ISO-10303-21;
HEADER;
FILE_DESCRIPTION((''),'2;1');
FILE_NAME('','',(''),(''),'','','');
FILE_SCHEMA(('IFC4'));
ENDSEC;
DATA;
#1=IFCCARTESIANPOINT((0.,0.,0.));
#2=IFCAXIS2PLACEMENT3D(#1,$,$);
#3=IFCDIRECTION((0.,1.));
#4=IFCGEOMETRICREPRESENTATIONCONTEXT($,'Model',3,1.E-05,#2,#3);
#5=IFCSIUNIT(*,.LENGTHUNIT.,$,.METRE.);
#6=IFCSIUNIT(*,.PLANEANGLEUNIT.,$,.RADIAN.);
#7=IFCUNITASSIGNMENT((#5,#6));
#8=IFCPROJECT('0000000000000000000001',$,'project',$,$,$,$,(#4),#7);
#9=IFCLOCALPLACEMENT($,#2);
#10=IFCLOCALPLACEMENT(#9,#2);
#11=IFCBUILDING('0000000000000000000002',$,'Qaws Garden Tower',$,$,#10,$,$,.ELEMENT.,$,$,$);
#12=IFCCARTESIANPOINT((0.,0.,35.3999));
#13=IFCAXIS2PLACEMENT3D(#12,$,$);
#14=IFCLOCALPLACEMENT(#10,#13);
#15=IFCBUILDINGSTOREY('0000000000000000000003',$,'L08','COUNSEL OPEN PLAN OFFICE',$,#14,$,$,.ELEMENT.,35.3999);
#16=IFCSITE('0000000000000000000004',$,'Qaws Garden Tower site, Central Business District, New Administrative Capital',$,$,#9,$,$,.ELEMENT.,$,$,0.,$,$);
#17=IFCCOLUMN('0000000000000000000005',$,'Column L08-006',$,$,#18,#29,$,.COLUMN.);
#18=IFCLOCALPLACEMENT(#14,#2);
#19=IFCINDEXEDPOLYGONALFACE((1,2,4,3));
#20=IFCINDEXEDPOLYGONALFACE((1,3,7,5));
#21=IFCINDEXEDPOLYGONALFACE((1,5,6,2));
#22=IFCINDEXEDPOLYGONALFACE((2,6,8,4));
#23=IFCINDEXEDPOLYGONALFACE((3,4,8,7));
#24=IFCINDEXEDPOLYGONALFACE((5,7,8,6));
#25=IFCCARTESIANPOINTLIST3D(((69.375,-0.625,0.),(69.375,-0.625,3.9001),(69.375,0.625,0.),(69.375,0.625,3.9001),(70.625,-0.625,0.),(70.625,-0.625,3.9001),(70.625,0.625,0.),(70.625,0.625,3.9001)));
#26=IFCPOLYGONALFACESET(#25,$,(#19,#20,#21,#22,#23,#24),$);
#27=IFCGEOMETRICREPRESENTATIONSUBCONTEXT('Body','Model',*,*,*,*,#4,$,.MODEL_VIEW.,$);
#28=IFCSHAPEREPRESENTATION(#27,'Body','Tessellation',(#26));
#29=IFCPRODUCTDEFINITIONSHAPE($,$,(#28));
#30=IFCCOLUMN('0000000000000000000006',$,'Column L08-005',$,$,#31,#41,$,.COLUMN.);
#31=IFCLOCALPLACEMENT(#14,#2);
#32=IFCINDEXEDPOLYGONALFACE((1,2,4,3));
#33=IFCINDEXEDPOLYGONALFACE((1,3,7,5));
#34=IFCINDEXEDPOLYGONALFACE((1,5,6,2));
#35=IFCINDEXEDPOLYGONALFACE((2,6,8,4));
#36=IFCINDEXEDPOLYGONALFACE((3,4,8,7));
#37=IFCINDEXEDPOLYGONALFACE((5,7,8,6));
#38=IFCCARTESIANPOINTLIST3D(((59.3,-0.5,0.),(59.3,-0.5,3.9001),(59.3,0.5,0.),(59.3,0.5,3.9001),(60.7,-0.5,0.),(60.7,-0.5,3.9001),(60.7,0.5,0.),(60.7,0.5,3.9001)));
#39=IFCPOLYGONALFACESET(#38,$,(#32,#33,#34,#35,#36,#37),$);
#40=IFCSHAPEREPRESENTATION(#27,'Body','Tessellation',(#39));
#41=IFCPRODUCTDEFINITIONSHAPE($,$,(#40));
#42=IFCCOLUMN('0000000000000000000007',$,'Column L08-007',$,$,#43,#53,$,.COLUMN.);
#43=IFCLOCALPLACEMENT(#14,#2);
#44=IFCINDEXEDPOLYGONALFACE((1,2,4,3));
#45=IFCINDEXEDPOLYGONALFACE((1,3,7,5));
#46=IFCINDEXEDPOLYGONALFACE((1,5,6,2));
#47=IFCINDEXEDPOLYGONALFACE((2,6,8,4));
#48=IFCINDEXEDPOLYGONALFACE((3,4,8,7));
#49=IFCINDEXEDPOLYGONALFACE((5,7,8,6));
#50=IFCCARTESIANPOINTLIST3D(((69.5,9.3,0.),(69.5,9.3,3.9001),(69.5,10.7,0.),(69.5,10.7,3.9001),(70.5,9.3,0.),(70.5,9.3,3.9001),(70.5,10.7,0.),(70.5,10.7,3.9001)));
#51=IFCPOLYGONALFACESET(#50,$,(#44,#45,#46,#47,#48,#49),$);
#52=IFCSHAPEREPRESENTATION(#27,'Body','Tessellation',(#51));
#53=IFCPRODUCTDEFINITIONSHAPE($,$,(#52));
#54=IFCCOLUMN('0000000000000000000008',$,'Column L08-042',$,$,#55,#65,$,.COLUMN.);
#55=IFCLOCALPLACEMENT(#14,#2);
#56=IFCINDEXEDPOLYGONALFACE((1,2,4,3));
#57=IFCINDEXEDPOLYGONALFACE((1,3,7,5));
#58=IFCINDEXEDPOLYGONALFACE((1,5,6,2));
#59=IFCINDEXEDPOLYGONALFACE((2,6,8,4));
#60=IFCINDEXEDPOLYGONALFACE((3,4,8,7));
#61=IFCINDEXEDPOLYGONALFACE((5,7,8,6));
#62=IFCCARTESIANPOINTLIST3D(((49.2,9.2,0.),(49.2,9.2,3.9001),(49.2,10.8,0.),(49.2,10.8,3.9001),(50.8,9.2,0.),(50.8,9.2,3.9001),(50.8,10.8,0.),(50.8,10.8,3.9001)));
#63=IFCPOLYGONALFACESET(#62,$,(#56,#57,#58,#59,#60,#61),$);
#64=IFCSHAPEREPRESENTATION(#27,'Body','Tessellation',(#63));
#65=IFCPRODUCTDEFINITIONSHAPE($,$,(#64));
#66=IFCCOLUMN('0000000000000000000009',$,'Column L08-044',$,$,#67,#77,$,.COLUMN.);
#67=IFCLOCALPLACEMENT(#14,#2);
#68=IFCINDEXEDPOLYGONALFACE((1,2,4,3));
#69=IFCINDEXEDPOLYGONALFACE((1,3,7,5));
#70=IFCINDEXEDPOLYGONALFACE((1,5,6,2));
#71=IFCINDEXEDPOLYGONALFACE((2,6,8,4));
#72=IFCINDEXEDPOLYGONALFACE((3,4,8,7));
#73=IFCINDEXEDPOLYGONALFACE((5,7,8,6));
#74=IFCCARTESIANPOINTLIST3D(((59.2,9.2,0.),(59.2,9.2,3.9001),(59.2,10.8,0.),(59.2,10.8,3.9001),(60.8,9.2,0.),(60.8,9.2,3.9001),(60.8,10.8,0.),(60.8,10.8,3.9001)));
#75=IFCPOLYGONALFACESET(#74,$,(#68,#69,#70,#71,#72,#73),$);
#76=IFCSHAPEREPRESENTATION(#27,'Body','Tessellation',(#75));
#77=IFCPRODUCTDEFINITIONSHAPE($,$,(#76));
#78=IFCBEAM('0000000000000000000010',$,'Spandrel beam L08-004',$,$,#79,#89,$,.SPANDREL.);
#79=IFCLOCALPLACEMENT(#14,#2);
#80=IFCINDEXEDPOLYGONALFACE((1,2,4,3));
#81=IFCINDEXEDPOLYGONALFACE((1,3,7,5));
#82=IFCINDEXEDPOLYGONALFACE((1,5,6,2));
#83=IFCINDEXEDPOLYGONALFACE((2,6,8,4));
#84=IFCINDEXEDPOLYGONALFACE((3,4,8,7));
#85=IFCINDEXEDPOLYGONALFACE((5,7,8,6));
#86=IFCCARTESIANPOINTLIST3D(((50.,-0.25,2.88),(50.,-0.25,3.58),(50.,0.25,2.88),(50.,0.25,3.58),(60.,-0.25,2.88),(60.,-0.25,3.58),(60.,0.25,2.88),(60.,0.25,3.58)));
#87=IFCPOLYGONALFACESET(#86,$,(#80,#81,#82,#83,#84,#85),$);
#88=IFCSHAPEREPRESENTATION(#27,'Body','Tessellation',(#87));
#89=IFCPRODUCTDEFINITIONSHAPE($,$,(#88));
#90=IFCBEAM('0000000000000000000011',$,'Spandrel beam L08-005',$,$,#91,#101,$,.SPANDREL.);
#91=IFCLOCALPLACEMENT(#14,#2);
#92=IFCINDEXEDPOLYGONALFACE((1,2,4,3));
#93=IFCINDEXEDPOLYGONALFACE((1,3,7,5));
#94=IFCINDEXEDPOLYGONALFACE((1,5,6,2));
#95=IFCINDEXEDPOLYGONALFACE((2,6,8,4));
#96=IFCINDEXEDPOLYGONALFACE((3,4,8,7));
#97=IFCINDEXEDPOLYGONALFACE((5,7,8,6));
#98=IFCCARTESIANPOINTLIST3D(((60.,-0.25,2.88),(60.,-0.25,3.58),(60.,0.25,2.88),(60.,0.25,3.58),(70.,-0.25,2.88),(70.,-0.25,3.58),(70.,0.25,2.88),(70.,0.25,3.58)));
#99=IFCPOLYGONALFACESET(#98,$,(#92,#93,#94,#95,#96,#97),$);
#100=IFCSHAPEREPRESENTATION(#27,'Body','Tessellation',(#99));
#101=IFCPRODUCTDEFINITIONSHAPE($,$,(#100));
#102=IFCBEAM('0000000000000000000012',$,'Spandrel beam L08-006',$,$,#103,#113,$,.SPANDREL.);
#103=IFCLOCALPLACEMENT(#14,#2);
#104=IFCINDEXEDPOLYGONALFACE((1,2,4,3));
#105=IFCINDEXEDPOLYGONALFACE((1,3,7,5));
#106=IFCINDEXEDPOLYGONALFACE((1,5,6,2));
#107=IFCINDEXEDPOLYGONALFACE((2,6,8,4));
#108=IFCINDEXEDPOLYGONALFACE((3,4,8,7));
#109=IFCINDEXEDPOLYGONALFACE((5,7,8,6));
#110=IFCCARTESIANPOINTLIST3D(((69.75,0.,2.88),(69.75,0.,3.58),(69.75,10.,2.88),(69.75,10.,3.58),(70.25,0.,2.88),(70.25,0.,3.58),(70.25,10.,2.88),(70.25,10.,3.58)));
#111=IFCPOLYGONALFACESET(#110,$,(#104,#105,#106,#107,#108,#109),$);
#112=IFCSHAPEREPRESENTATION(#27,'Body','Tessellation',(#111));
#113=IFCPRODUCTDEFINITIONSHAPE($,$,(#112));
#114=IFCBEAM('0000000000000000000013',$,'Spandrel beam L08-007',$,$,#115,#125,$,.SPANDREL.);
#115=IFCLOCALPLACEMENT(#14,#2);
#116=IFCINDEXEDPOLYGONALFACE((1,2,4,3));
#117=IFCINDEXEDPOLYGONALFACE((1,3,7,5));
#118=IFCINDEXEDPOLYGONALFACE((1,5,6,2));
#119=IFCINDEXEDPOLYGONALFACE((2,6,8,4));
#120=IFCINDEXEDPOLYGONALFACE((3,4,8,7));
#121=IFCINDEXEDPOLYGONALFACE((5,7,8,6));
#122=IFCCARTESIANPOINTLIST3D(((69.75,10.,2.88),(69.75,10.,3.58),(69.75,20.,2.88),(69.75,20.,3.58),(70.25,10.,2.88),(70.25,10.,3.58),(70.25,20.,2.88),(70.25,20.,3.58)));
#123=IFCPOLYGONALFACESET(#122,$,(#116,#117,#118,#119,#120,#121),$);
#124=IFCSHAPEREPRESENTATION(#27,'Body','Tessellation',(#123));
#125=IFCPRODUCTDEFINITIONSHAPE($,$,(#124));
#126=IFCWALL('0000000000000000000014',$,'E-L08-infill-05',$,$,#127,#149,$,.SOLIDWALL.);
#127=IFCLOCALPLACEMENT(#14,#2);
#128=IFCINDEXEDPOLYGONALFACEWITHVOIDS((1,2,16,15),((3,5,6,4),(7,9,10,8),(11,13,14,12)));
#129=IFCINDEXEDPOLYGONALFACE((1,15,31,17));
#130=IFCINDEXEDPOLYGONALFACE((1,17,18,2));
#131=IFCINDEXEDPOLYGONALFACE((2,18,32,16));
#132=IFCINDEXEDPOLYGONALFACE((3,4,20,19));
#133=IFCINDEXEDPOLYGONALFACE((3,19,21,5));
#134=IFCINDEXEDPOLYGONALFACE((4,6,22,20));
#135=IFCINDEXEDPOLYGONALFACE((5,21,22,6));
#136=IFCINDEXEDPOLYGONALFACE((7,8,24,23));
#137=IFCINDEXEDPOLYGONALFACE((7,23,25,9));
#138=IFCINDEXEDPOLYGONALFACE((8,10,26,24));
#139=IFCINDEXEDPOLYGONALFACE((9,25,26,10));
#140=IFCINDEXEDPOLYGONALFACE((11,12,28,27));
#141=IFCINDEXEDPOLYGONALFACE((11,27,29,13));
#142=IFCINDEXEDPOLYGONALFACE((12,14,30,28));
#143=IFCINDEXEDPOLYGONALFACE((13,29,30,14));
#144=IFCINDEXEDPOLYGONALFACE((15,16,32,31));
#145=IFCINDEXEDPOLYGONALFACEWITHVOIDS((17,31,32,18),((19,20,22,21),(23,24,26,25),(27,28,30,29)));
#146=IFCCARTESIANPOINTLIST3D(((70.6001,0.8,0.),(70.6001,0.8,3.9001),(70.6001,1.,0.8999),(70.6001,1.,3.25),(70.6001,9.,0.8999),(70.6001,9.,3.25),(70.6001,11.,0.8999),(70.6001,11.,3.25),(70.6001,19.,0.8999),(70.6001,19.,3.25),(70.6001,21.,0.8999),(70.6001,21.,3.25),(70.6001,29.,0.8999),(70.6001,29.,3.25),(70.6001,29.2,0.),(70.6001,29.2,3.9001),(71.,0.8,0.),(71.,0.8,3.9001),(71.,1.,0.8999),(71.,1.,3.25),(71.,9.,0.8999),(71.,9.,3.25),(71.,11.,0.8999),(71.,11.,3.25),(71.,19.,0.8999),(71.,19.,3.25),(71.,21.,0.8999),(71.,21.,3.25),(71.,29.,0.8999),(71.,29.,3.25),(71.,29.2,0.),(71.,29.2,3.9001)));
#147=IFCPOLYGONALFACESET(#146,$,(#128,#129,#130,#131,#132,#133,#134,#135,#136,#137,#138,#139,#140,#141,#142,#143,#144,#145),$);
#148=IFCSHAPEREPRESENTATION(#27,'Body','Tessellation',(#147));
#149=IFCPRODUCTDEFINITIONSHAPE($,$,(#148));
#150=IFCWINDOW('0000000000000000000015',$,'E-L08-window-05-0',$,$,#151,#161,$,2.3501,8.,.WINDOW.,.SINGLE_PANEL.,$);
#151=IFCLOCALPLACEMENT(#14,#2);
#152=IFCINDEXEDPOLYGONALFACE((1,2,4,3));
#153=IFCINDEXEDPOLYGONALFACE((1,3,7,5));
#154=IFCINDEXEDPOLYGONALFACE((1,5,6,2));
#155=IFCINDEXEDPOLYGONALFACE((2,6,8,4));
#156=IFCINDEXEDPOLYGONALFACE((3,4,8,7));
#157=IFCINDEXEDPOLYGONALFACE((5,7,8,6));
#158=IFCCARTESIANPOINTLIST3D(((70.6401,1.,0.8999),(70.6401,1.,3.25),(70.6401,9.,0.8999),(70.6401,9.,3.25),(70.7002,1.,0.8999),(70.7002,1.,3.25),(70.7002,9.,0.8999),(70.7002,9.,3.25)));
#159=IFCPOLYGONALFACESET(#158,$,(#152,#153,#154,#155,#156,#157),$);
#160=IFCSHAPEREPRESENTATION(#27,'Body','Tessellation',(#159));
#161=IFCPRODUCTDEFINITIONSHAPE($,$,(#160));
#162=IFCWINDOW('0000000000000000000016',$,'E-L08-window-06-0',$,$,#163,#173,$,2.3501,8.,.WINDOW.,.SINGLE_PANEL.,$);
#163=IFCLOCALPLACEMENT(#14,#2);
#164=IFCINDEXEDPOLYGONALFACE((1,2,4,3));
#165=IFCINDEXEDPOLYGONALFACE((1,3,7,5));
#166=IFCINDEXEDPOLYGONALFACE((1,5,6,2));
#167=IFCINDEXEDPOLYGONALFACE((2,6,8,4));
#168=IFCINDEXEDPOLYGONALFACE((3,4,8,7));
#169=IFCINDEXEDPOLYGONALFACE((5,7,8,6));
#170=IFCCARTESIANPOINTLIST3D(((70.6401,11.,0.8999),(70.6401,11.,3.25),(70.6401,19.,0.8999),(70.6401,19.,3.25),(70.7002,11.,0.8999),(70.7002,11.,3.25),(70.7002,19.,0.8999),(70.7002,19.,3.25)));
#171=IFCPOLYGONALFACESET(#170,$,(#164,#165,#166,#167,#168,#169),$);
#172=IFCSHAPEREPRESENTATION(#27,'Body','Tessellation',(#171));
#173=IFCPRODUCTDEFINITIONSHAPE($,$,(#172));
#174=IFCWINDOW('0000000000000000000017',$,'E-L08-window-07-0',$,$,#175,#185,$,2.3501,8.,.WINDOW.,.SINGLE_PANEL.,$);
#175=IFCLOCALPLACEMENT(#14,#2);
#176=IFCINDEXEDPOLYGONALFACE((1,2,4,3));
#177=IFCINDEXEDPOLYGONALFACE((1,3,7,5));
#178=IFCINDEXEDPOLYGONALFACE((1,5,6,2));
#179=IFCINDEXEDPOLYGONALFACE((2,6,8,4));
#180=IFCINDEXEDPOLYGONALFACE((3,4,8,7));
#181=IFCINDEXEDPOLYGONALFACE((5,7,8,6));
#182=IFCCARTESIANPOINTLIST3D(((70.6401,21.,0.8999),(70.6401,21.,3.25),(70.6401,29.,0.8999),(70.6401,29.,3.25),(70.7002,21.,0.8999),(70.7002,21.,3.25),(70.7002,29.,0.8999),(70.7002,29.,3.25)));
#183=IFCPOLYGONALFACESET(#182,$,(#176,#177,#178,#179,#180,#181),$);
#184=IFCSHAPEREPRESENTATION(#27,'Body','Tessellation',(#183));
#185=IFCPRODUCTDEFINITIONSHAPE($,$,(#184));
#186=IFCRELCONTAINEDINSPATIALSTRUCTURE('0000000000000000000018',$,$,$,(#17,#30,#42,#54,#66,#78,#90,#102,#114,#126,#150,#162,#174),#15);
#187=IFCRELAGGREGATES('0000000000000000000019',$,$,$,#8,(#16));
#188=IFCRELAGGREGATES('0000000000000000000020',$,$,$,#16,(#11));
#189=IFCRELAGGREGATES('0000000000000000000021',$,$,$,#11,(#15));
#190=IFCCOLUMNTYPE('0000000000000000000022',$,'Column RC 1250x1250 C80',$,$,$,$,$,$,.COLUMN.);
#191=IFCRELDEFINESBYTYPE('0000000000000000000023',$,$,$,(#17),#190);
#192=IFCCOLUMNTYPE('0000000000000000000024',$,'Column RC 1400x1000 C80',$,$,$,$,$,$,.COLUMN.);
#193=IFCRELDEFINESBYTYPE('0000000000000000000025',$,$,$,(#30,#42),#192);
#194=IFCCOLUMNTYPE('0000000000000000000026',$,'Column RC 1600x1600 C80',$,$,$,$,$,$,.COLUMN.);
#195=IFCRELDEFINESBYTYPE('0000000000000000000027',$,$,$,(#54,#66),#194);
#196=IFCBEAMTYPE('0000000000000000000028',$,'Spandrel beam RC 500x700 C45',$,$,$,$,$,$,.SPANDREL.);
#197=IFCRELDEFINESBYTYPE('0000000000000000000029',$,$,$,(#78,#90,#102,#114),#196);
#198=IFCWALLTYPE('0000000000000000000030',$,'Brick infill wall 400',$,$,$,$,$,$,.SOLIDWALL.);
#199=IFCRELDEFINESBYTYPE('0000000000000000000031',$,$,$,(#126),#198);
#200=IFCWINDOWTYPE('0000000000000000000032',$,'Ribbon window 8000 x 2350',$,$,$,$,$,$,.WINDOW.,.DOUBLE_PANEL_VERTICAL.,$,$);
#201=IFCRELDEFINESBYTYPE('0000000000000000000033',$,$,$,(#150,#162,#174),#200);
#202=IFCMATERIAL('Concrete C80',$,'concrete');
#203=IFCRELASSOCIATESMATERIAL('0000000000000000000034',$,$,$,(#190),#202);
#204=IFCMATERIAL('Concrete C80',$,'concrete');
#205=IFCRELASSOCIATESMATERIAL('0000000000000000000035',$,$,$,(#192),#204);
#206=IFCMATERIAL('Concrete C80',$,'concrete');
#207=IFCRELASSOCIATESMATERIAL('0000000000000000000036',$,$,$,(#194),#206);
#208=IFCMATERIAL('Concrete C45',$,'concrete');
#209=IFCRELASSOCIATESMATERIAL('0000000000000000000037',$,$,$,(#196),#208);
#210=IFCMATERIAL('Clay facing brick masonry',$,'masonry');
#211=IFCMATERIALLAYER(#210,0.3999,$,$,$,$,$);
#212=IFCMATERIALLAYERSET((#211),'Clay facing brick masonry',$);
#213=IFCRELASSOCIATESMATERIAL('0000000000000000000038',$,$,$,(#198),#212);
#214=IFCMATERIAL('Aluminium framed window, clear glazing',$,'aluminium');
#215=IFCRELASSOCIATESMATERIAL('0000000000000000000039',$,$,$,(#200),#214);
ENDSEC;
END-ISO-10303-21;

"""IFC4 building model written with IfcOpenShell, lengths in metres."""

from ifc_helpers import new_model, si_unit, direction, frame, frame_2d, origin, origin_2d, place, context, subcontext, project, spatial, rectangle, extrude, material, layer, layer_set, material_profile, profile_set, type_object, element, fill, save


model = new_model("IFC4")

# Units and contexts
model_context = context("Model", 3, precision=1e-05, world=origin(), true_north=direction((0.0, 1.0)))
body_context = subcontext(model_context, "Body", "Model", "MODEL_VIEW")
ifc_project = project(units=[si_unit("LENGTHUNIT", "METRE"), si_unit("PLANEANGLEUNIT", "RADIAN")], contexts=[model_context])

# Site, building, storey
site_placement = place(None, origin())
site = spatial("IfcSite", under=ifc_project, at=site_placement, Name="Qaws Garden Tower site, Central Business District, New Administrative Capital", CompositionType="ELEMENT", RefElevation=0.0)
building_placement = place(site_placement, origin())
building = spatial("IfcBuilding", under=site, at=building_placement, Name="Qaws Garden Tower", CompositionType="ELEMENT")
storey_placement = place(building_placement, frame((0.0, 0.0, 35.3999)))
storey = spatial("IfcBuildingStorey", under=building, at=storey_placement, Name="L08", Description="COUNSEL OPEN PLAN OFFICE", CompositionType="ELEMENT", Elevation=35.3999)

# Columns
ifc_material_1 = material(Name="Concrete C80", Category="concrete")
ifc_material_profile_1 = material_profile(ifc_material_1, rectangle(XDim=1.25, YDim=1.25, at=origin_2d()), Name="RC 1250x1250")
ifc_profile_set_1 = profile_set([ifc_material_profile_1], Name="Concrete C80")
column_type_1 = type_object("IfcColumnType", Name="Column RC 1250x1250 C80", PredefinedType="COLUMN", material=ifc_profile_set_1)
column_placement = place(storey_placement, frame((70.0, 0.0, 0.0), z_axis=(0.0, 0.0, 1.0), x_axis=(1.0, 0.0, 0.0)))
element("IfcColumn", 1, at=column_placement, inside=storey, type_object=column_type_1, Name="Column L08-006", PredefinedType="COLUMN", context=body_context, shape_type="SweptSolid", body=[
    extrude(rectangle(XDim=1.25, YDim=1.25, at=origin_2d()), origin(), (0.0, 0.0, 1.0), 3.9001),
])
ifc_material_2 = material(Name="Concrete C80", Category="concrete")
ifc_material_profile_2 = material_profile(ifc_material_2, rectangle(XDim=1.3999, YDim=1.0, at=origin_2d()), Name="RC 1400x1000")
ifc_profile_set_2 = profile_set([ifc_material_profile_2], Name="Concrete C80")
column_type_2 = type_object("IfcColumnType", Name="Column RC 1400x1000 C80", PredefinedType="COLUMN", material=ifc_profile_set_2)
for number, where, z_axis, x_axis, name in (
    (2, (60.0, 0.0, 0.0), (0.0, 0.0, 1.0), (1.0, 0.0, 0.0), "Column L08-005"),
    (3, (70.0, 10.0, 0.0), (0.0, 0.0, 1.0), (0.0, 1.0, 0.0), "Column L08-007"),
):
    element("IfcColumn", number, at=place(storey_placement, frame(where, z_axis=z_axis, x_axis=x_axis)), inside=storey, type_object=column_type_2, Name=name, PredefinedType="COLUMN", context=body_context, shape_type="SweptSolid", body=[
        extrude(rectangle(XDim=1.3999, YDim=1.0, at=origin_2d()), origin(), (0.0, 0.0, 1.0), 3.9001),
    ])
ifc_material_3 = material(Name="Concrete C80", Category="concrete")
ifc_material_profile_3 = material_profile(ifc_material_3, rectangle(XDim=1.6001, YDim=1.6001, at=origin_2d()), Name="RC 1600x1600")
ifc_profile_set_3 = profile_set([ifc_material_profile_3], Name="Concrete C80")
column_type_3 = type_object("IfcColumnType", Name="Column RC 1600x1600 C80", PredefinedType="COLUMN", material=ifc_profile_set_3)
for number, where, z_axis, x_axis, name in (
    (4, (50.0, 10.0, 0.0), (0.0, 0.0, 1.0), (1.0, 0.0, 0.0), "Column L08-042"),
    (5, (60.0, 10.0, 0.0), (0.0, 0.0, 1.0), (1.0, 0.0, 0.0), "Column L08-044"),
):
    element("IfcColumn", number, at=place(storey_placement, frame(where, z_axis=z_axis, x_axis=x_axis)), inside=storey, type_object=column_type_3, Name=name, PredefinedType="COLUMN", context=body_context, shape_type="SweptSolid", body=[
        extrude(rectangle(XDim=1.6001, YDim=1.6001, at=origin_2d()), origin(), (0.0, 0.0, 1.0), 3.9001),
    ])

# Beams
ifc_material_4 = material(Name="Concrete C45", Category="concrete")
ifc_material_profile_4 = material_profile(ifc_material_4, rectangle(XDim=0.5, YDim=0.7, at=origin_2d()), Name="RC 500x700")
ifc_profile_set_4 = profile_set([ifc_material_profile_4], Name="Concrete C45")
beam_type = type_object("IfcBeamType", Name="Spandrel beam RC 500x700 C45", PredefinedType="SPANDREL", material=ifc_profile_set_4)
for number, where, z_axis, x_axis, name in (
    (6, (50.0, 0.0, 3.23), (1.0, 0.0, 0.0), (0.0, 1.0, 0.0), "Spandrel beam L08-004"),
    (7, (60.0, 0.0, 3.23), (1.0, 0.0, 0.0), (0.0, 1.0, 0.0), "Spandrel beam L08-005"),
    (8, (70.0, 0.0, 3.23), (0.0, 1.0, 0.0), (-1.0, 0.0, 0.0), "Spandrel beam L08-006"),
    (9, (70.0, 10.0, 3.23), (0.0, 1.0, 0.0), (-1.0, 0.0, 0.0), "Spandrel beam L08-007"),
):
    element("IfcBeam", number, at=place(storey_placement, frame(where, z_axis=z_axis, x_axis=x_axis)), inside=storey, type_object=beam_type, Name=name, PredefinedType="SPANDREL", context=body_context, shape_type="SweptSolid", body=[
        extrude(rectangle(XDim=0.5, YDim=0.7, at=origin_2d()), origin(), (0.0, 0.0, 1.0), 10.0),
    ])

# Wall, openings, windows
ifc_material_5 = material(Name="Clay facing brick masonry", Category="masonry")
ifc_layer_1 = layer(ifc_material_5, 0.3999)
ifc_layer_set_1 = layer_set([ifc_layer_1], Name="Clay facing brick masonry")
wall_type_1 = type_object("IfcWallType", Name="Brick infill wall 400", PredefinedType="SOLIDWALL", material=ifc_layer_set_1)
wall_1_placement = place(storey_placement, frame((70.8, 0.8, 0.0), z_axis=(0.0, 0.0, 1.0), x_axis=(0.0, 1.0, 0.0)))
wall_1 = element("IfcWall", 10, at=wall_1_placement, inside=storey, type_object=wall_type_1, Name="E-L08-infill-05", PredefinedType="SOLIDWALL", context=body_context, shape_type="SweptSolid", body=[
    extrude(rectangle(XDim=28.3999, YDim=0.3999, at=frame_2d((14.2, 0.0))), origin(), (0.0, 0.0, 1.0), 3.9001),
])
opening_1_placement = place(wall_1_placement, frame((0.2, 0.0, 0.8999)))
opening_1 = element("IfcOpeningElement", 11, at=opening_1_placement, cuts=wall_1, PredefinedType="OPENING", context=body_context, shape_type="SweptSolid", body=[
    extrude(rectangle(XDim=8.0, YDim=2.3501, at=frame_2d((4.0, 1.175))), frame((0.0, 0.21, 0.0), z_axis=(0.0, -1.0, 0.0), x_axis=(1.0, 0.0, 0.0)), (0.0, 0.0, 1.0), 0.4199),
])
opening_2_placement = place(wall_1_placement, frame((10.2, 0.0, 0.8999)))
opening_2 = element("IfcOpeningElement", 12, at=opening_2_placement, cuts=wall_1, PredefinedType="OPENING", context=body_context, shape_type="SweptSolid", body=[
    extrude(rectangle(XDim=8.0, YDim=2.3501, at=frame_2d((4.0, 1.175))), frame((0.0, 0.21, 0.0), z_axis=(0.0, -1.0, 0.0), x_axis=(1.0, 0.0, 0.0)), (0.0, 0.0, 1.0), 0.4199),
])
opening_3_placement = place(wall_1_placement, frame((20.2, 0.0, 0.8999)))
opening_3 = element("IfcOpeningElement", 13, at=opening_3_placement, cuts=wall_1, PredefinedType="OPENING", context=body_context, shape_type="SweptSolid", body=[
    extrude(rectangle(XDim=8.0, YDim=2.3501, at=frame_2d((4.0, 1.175))), frame((0.0, 0.21, 0.0), z_axis=(0.0, -1.0, 0.0), x_axis=(1.0, 0.0, 0.0)), (0.0, 0.0, 1.0), 0.4199),
])
ifc_material_6 = material(Name="Aluminium framed window, clear glazing", Category="aluminium")
window_type = type_object("IfcWindowType", Name="Ribbon window 8000 x 2350", PartitioningType="DOUBLE_PANEL_VERTICAL", PredefinedType="WINDOW", material=ifc_material_6)
window_1_placement = place(opening_1_placement, origin())
window_1 = element("IfcWindow", 14, at=window_1_placement, inside=storey, type_object=window_type, Name="E-L08-window-05-0", OverallHeight=2.3501, OverallWidth=8.0, PartitioningType="SINGLE_PANEL", PredefinedType="WINDOW", context=body_context, shape_type="SweptSolid", body=[
    extrude(rectangle(XDim=8.0, YDim=2.3501, at=frame_2d((4.0, 1.175))), frame((0.0, 0.1599, 0.0), z_axis=(0.0, -1.0, 0.0), x_axis=(1.0, 0.0, 0.0)), (0.0, 0.0, 1.0), 0.0601),
])
fill(opening_1, window_1)
window_2_placement = place(opening_2_placement, origin())
window_2 = element("IfcWindow", 15, at=window_2_placement, inside=storey, type_object=window_type, Name="E-L08-window-06-0", OverallHeight=2.3501, OverallWidth=8.0, PartitioningType="SINGLE_PANEL", PredefinedType="WINDOW", context=body_context, shape_type="SweptSolid", body=[
    extrude(rectangle(XDim=8.0, YDim=2.3501, at=frame_2d((4.0, 1.175))), frame((0.0, 0.1599, 0.0), z_axis=(0.0, -1.0, 0.0), x_axis=(1.0, 0.0, 0.0)), (0.0, 0.0, 1.0), 0.0601),
])
fill(opening_2, window_2)
window_3_placement = place(opening_3_placement, origin())
window_3 = element("IfcWindow", 16, at=window_3_placement, inside=storey, type_object=window_type, Name="E-L08-window-07-0", OverallHeight=2.3501, OverallWidth=8.0, PartitioningType="SINGLE_PANEL", PredefinedType="WINDOW", context=body_context, shape_type="SweptSolid", body=[
    extrude(rectangle(XDim=8.0, YDim=2.3501, at=frame_2d((4.0, 1.175))), frame((0.0, 0.1599, 0.0), z_axis=(0.0, -1.0, 0.0), x_axis=(1.0, 0.0, 0.0)), (0.0, 0.0, 1.0), 0.0601),
])
fill(opening_3, window_3)

save(model, "model.ifc")
